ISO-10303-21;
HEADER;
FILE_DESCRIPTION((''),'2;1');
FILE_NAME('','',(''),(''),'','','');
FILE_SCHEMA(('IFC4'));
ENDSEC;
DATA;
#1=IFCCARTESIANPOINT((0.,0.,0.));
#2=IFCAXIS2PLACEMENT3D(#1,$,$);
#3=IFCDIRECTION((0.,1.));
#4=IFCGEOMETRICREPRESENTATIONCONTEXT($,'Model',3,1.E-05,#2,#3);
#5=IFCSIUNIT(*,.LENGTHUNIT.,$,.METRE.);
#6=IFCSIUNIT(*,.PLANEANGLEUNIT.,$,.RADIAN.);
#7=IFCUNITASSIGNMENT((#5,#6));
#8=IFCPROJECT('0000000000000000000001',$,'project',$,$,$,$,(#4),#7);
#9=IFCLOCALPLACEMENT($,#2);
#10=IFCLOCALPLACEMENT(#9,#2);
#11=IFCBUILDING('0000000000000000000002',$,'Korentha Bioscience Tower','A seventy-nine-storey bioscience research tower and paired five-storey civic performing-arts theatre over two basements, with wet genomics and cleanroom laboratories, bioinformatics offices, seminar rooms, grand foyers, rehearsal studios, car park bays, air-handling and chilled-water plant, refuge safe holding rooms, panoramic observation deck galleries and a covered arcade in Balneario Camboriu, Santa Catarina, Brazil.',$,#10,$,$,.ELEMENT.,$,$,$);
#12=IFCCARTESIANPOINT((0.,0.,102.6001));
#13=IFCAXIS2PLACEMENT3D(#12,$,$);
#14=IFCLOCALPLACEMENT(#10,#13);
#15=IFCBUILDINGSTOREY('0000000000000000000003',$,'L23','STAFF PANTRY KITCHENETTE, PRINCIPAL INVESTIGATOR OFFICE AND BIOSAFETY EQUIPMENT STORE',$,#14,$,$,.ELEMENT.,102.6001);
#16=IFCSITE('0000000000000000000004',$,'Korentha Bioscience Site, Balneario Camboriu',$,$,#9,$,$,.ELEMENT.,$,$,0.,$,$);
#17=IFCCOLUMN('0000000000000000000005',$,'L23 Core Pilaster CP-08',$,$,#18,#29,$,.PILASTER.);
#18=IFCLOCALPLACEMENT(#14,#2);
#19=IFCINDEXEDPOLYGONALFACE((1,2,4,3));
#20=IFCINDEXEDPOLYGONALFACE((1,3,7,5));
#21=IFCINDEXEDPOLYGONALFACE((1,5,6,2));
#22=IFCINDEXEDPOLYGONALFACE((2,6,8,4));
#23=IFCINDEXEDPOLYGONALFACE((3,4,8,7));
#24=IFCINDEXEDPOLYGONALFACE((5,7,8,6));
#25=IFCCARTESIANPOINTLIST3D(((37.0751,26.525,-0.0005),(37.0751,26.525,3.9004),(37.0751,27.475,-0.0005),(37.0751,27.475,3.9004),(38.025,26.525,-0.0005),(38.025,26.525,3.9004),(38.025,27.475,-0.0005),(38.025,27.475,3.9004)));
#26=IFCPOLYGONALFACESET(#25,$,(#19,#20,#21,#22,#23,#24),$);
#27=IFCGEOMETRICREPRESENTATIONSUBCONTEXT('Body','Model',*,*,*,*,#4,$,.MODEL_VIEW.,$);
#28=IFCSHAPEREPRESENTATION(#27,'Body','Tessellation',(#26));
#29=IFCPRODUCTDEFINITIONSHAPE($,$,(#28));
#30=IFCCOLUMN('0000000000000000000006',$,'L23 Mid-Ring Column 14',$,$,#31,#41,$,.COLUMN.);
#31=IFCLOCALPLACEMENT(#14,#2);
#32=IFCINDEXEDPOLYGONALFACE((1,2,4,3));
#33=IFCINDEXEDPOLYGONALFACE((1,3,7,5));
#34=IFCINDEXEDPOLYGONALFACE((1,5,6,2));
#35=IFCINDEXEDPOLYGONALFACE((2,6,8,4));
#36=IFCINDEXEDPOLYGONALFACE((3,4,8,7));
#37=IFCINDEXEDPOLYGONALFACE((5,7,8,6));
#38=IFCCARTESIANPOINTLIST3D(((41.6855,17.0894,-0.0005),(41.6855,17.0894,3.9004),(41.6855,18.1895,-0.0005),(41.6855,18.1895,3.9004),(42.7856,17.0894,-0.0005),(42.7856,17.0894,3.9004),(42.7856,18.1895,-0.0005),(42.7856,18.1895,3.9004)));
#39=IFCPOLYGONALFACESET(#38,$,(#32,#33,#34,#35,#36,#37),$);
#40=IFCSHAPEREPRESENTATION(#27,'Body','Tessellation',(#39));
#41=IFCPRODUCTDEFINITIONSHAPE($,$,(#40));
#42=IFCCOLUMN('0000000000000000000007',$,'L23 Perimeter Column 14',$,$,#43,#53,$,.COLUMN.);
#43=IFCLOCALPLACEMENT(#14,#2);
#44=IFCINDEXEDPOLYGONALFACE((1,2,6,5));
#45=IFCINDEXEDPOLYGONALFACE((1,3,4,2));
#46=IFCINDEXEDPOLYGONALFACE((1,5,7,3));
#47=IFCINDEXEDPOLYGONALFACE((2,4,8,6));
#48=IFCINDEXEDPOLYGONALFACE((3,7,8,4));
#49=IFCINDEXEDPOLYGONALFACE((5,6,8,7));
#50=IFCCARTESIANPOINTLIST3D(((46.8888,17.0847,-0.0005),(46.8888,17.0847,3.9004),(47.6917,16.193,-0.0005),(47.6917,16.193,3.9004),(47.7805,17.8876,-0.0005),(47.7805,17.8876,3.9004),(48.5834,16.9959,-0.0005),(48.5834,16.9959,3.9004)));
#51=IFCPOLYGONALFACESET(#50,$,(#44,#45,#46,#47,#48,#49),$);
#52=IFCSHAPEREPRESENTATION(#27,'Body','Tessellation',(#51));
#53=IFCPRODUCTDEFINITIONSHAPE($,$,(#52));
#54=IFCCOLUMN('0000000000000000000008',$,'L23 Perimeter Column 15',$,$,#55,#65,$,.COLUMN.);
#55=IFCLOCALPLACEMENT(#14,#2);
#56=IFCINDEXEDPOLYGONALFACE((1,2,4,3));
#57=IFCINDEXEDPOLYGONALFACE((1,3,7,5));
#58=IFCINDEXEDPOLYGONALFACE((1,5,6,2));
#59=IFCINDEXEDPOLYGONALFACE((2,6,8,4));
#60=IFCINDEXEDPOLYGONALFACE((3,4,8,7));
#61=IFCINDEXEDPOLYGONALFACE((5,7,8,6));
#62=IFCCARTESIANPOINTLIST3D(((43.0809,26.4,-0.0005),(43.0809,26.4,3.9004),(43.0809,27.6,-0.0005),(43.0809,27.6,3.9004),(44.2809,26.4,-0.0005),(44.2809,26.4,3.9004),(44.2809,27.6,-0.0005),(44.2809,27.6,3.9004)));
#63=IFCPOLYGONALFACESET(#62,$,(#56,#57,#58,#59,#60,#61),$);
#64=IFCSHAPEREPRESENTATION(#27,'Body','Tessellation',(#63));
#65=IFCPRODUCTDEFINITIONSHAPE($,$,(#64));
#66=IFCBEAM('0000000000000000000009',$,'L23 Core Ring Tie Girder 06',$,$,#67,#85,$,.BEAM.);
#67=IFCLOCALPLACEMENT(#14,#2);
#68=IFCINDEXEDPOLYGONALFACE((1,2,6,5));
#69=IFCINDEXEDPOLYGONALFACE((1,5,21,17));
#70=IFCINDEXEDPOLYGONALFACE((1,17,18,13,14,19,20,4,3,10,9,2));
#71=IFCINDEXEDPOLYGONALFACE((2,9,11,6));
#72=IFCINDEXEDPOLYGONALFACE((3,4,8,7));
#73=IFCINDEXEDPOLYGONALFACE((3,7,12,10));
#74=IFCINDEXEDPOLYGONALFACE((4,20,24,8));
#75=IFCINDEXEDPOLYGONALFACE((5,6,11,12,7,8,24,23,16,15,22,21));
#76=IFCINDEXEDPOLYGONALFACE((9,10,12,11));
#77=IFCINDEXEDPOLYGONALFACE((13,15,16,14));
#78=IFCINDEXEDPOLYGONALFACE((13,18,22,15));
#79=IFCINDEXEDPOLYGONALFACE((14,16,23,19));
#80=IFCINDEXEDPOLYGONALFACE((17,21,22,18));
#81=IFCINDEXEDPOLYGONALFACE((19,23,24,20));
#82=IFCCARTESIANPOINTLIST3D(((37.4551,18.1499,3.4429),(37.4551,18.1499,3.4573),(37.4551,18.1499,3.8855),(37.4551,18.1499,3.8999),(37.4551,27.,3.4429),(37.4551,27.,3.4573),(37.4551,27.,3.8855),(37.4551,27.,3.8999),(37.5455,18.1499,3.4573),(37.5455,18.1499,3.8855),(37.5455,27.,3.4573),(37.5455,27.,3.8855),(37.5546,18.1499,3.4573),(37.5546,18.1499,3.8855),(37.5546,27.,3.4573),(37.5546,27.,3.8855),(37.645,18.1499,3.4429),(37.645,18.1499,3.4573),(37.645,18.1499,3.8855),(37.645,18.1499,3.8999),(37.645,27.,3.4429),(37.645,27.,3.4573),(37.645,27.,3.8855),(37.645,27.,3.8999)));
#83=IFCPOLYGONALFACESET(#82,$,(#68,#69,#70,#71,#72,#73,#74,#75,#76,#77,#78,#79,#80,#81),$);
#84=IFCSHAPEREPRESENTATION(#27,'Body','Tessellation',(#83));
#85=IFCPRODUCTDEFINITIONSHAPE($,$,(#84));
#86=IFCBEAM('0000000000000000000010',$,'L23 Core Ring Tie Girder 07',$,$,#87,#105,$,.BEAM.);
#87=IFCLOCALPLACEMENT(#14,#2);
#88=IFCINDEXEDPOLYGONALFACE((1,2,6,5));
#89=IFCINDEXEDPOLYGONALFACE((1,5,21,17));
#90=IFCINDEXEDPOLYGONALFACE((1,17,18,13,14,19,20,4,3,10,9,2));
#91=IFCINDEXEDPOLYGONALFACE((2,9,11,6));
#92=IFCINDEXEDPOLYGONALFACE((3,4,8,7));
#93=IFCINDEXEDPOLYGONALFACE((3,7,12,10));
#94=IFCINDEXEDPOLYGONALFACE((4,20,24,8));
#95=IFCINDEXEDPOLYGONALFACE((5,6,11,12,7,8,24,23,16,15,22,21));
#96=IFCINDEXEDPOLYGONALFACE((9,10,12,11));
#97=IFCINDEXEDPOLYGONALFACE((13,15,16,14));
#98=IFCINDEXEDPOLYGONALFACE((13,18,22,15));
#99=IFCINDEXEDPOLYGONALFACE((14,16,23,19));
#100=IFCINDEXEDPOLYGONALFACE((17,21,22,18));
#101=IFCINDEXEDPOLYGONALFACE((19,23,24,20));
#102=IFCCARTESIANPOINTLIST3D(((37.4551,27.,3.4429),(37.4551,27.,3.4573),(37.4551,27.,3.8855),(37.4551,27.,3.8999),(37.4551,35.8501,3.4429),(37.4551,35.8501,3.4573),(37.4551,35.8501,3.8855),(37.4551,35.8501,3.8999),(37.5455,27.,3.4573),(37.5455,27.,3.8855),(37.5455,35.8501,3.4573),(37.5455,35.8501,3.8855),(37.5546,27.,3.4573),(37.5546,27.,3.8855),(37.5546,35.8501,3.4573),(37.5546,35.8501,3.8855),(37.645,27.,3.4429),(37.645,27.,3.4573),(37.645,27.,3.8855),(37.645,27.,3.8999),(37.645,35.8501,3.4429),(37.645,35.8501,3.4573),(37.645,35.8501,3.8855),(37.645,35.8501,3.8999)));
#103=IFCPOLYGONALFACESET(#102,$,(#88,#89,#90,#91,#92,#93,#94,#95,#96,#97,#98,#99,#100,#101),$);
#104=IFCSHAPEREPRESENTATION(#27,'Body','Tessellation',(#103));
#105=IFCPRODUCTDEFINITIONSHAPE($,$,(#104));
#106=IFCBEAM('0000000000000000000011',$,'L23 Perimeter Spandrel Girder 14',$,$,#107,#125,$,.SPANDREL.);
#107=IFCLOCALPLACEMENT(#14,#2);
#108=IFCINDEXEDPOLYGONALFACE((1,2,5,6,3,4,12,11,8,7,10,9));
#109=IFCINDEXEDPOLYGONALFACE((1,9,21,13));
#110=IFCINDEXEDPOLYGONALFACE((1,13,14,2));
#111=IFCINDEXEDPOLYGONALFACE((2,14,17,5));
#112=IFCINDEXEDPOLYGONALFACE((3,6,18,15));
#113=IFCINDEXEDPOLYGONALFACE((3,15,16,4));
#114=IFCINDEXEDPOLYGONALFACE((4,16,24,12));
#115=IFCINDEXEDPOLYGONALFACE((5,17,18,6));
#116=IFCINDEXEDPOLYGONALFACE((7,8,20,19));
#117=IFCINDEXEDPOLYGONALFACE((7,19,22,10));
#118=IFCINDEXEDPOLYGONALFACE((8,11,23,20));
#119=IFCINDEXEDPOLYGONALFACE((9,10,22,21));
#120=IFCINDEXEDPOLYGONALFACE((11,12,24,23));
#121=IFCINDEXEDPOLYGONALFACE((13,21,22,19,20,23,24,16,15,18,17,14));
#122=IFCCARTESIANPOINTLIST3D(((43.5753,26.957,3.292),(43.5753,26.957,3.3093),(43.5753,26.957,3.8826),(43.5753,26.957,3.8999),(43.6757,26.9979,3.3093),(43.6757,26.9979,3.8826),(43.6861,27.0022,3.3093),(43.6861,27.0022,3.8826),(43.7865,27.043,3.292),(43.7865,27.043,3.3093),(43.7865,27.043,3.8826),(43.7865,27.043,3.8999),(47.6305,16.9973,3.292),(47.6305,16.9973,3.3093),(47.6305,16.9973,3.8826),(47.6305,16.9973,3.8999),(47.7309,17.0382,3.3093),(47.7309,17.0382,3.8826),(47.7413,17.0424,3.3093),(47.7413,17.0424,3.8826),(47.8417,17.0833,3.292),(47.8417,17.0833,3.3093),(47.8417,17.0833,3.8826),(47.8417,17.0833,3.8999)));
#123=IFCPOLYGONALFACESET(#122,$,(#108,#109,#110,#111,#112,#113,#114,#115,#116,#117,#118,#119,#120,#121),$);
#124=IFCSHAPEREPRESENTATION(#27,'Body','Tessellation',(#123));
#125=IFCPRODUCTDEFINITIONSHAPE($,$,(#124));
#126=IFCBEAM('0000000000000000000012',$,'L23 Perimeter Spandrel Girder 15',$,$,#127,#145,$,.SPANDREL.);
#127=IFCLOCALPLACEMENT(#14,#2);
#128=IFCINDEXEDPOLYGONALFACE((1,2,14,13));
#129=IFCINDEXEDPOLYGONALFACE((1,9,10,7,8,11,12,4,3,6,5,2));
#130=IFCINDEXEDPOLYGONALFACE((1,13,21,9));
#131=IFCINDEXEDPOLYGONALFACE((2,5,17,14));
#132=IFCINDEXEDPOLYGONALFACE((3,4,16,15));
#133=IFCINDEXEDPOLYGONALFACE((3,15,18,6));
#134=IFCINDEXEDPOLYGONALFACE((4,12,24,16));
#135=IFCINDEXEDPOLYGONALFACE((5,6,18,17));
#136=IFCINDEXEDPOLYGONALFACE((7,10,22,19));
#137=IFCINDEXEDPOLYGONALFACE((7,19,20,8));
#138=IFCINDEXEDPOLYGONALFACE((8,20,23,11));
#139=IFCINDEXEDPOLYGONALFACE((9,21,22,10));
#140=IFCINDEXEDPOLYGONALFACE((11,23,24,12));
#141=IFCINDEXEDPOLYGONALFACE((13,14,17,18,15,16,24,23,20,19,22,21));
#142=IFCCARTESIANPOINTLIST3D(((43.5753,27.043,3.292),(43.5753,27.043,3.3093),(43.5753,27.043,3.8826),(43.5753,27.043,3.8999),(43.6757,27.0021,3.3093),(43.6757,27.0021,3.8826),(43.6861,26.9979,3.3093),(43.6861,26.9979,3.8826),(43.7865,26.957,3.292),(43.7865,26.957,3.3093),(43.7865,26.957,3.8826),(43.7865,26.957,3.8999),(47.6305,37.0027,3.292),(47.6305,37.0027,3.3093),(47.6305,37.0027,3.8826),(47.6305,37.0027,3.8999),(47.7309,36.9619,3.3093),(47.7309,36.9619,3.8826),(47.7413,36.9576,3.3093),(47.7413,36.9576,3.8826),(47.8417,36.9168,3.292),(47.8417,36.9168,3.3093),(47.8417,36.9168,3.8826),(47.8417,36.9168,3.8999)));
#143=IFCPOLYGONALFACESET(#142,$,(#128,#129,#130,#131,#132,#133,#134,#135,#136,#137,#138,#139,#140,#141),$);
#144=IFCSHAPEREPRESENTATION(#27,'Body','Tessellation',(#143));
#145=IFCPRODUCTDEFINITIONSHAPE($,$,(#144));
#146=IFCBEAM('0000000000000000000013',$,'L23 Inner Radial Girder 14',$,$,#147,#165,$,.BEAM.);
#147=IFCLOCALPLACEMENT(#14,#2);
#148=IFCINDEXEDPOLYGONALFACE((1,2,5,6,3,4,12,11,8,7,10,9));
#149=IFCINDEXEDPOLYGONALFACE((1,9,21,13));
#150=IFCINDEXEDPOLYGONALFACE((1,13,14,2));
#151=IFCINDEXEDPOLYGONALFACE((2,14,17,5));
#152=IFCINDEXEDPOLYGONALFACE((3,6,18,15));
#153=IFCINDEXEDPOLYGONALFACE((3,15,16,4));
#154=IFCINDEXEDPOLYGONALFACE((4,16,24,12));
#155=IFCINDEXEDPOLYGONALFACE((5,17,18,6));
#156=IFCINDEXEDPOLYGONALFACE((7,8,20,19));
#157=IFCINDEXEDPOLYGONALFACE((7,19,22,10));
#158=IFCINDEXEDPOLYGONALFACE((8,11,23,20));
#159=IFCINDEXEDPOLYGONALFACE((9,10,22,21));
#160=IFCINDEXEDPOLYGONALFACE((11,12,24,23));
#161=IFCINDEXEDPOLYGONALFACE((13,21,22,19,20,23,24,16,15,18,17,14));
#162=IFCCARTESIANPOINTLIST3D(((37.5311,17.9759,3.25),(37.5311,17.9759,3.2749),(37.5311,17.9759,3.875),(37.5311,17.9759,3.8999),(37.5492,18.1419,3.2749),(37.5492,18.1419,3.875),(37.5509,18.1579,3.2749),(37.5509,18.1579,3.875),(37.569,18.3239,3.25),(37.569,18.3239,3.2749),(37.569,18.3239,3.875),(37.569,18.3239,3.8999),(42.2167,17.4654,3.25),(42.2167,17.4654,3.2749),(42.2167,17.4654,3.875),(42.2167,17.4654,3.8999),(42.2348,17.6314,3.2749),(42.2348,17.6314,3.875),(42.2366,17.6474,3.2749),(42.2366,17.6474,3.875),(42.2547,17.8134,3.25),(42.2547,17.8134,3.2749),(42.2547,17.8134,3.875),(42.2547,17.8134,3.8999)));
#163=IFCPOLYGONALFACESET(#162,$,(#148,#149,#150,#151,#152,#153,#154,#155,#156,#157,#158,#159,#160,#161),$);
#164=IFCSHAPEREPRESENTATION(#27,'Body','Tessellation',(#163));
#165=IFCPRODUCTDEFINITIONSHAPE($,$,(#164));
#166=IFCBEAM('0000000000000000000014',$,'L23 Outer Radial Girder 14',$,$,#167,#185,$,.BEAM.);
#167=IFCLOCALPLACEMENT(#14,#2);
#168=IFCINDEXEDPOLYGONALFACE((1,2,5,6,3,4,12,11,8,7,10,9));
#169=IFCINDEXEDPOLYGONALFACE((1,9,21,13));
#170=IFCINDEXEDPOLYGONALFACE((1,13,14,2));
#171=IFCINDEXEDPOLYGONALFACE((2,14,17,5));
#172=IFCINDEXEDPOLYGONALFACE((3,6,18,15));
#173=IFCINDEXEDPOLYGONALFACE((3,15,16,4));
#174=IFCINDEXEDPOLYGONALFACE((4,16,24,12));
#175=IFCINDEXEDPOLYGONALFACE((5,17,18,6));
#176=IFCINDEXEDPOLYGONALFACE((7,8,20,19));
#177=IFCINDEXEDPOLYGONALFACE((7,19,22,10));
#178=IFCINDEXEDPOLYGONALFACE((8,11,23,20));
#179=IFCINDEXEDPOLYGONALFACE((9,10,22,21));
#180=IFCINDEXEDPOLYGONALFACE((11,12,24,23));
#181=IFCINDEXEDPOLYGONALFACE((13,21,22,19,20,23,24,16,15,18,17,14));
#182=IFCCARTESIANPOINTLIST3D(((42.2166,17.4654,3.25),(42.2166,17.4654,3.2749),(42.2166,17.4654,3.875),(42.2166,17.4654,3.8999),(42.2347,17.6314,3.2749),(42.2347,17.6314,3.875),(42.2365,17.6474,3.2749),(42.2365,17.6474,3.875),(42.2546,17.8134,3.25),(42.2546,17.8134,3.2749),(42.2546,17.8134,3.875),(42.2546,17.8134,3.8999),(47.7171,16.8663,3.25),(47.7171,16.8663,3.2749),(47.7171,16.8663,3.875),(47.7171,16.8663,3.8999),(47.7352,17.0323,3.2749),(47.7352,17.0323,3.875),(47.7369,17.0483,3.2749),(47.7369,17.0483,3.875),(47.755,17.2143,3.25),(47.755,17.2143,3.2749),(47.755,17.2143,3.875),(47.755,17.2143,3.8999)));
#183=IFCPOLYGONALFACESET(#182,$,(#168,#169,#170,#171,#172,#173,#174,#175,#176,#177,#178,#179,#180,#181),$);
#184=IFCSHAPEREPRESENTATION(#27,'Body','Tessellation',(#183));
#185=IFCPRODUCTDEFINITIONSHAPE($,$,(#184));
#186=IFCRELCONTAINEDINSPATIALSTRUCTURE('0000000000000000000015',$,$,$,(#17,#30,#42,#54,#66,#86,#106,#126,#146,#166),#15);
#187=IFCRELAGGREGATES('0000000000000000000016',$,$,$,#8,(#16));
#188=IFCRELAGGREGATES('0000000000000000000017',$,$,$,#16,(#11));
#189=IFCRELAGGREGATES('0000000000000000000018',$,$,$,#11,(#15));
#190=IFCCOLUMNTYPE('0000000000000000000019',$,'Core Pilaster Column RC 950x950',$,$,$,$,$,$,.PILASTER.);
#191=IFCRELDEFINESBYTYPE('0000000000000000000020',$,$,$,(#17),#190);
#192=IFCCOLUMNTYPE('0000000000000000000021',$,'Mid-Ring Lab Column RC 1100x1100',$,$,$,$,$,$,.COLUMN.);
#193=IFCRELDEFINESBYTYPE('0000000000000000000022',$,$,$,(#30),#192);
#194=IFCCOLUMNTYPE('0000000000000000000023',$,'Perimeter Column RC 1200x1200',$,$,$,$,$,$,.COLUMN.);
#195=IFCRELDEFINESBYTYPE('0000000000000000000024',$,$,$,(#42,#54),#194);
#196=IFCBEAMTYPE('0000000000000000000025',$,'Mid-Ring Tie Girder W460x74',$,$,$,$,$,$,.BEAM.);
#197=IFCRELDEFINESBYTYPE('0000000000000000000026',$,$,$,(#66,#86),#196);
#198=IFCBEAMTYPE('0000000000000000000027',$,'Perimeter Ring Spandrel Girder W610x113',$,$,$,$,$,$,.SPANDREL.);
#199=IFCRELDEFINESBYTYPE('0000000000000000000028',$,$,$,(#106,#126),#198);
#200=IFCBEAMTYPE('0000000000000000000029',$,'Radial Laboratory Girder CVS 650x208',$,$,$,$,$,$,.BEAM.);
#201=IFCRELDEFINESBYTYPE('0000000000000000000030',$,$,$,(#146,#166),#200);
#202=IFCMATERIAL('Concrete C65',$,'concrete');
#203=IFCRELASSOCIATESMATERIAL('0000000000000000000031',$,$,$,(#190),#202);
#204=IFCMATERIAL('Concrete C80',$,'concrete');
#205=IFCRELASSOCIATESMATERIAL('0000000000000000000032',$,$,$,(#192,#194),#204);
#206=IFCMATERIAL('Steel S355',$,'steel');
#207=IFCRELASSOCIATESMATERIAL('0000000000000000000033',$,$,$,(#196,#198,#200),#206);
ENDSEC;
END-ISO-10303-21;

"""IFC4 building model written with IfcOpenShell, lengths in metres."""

from ifc_helpers import new_model, si_unit, direction, frame, origin, origin_2d, place, context, subcontext, project, spatial, rectangle, i_section, extrude, material, material_profile, profile_set, type_object, element, save


model = new_model("IFC4")

# Units and contexts
model_context = context("Model", 3, precision=1e-05, world=origin(), true_north=direction((0.0, 1.0)))
body_context = subcontext(model_context, "Body", "Model", "MODEL_VIEW")
ifc_project = project(units=[si_unit("LENGTHUNIT", "METRE"), si_unit("PLANEANGLEUNIT", "RADIAN")], contexts=[model_context])

# Site, building, storey
site_placement = place(None, origin())
site = spatial("IfcSite", under=ifc_project, at=site_placement, Name="Korentha Bioscience Site, Balneario Camboriu", CompositionType="ELEMENT", RefElevation=0.0)
building_placement = place(site_placement, origin())
building = spatial("IfcBuilding", under=site, at=building_placement, Name="Korentha Bioscience Tower", Description="A seventy-nine-storey bioscience research tower and paired five-storey civic performing-arts theatre over two basements, with wet genomics and cleanroom laboratories, bioinformatics offices, seminar rooms, grand foyers, rehearsal studios, car park bays, air-handling and chilled-water plant, refuge safe holding rooms, panoramic observation deck galleries and a covered arcade in Balneario Camboriu, Santa Catarina, Brazil.", CompositionType="ELEMENT")
storey_placement = place(building_placement, frame((0.0, 0.0, 102.6001)))
storey = spatial("IfcBuildingStorey", under=building, at=storey_placement, Name="L23", Description="STAFF PANTRY KITCHENETTE, PRINCIPAL INVESTIGATOR OFFICE AND BIOSAFETY EQUIPMENT STORE", CompositionType="ELEMENT", Elevation=102.6001)

# Columns
ifc_material_1 = material(Name="Concrete C65", Category="concrete")
ifc_material_profile_1 = material_profile(ifc_material_1, rectangle(XDim=0.95, YDim=0.95, at=origin_2d()), Name="Concrete C65")
ifc_profile_set_1 = profile_set([ifc_material_profile_1], Name="Concrete C65 (COL-CP09)")
column_type_1 = type_object("IfcColumnType", Name="Core Pilaster Column RC 950x950", PredefinedType="PILASTER", material=ifc_profile_set_1)
column_1_placement = place(storey_placement, frame((37.55, 27.0, -0.0005), z_axis=(0.0, 0.0, 1.0), x_axis=(1.0, 0.0, 0.0)))
element("IfcColumn", 1, at=column_1_placement, inside=storey, type_object=column_type_1, Name="L23 Core Pilaster CP-08", PredefinedType="PILASTER", context=body_context, shape_type="SweptSolid", body=[
    extrude(rectangle(XDim=0.95, YDim=0.95, at=origin_2d()), origin(), (0.0, 0.0, 1.0), 3.9009),
])
ifc_material_2 = material(Name="Concrete C80", Category="concrete")
ifc_material_profile_2 = material_profile(ifc_material_2, rectangle(XDim=1.1001, YDim=1.1001, at=origin_2d()), Name="Concrete C80")
ifc_profile_set_2 = profile_set([ifc_material_profile_2], Name="Concrete C80 (COL-MR11)")
column_type_2 = type_object("IfcColumnType", Name="Mid-Ring Lab Column RC 1100x1100", PredefinedType="COLUMN", material=ifc_profile_set_2)
column_2_placement = place(storey_placement, frame((42.2356, 17.6394, -0.0005), z_axis=(0.0, 0.0, 1.0), x_axis=(1.0, 0.0, 0.0)))
element("IfcColumn", 2, at=column_2_placement, inside=storey, type_object=column_type_2, Name="L23 Mid-Ring Column 14", PredefinedType="COLUMN", context=body_context, shape_type="SweptSolid", body=[
    extrude(rectangle(XDim=1.1001, YDim=1.1001, at=origin_2d()), origin(), (0.0, 0.0, 1.0), 3.9009),
])
ifc_material_profile_3 = material_profile(ifc_material_2, rectangle(XDim=1.2, YDim=1.2, at=origin_2d()), Name="Concrete C80")
ifc_profile_set_3 = profile_set([ifc_material_profile_3], Name="Concrete C80 (COL-P12)")
column_type_3 = type_object("IfcColumnType", Name="Perimeter Column RC 1200x1200", PredefinedType="COLUMN", material=ifc_profile_set_3)
for number, where, z_axis, x_axis, name in (
    (3, (47.7361, 17.0403, -0.0005), (0.0, 0.0, 1.0), (-0.669131, 0.743145, 0.0), "L23 Perimeter Column 14"),
    (4, (43.6809, 27.0, -0.0005), (0.0, 0.0, 1.0), (0.0, 1.0, 0.0), "L23 Perimeter Column 15"),
):
    element("IfcColumn", number, at=place(storey_placement, frame(where, z_axis=z_axis, x_axis=x_axis)), inside=storey, type_object=column_type_3, Name=name, PredefinedType="COLUMN", context=body_context, shape_type="SweptSolid", body=[
        extrude(rectangle(XDim=1.2, YDim=1.2, at=origin_2d()), origin(), (0.0, 0.0, 1.0), 3.9009),
    ])

# Beams
ifc_material_3 = material(Name="Steel S355", Category="steel")
ifc_material_profile_4 = material_profile(ifc_material_3, i_section(OverallWidth=0.1899, OverallDepth=0.457, WebThickness=0.009, FlangeThickness=0.0144, at=origin_2d()), Name="Steel S355")
ifc_profile_set_4 = profile_set([ifc_material_profile_4], Name="Steel S355 (MB-460)")
beam_type_1 = type_object("IfcBeamType", Name="Mid-Ring Tie Girder W460x74", PredefinedType="BEAM", material=ifc_profile_set_4)
for number, where, z_axis, x_axis, name in (
    (5, (37.55, 18.1499, 3.6714), (0.0, 1.0, 0.0), (-1.0, 0.0, 0.0), "L23 Core Ring Tie Girder 06"),
    (6, (37.55, 27.0, 3.6714), (0.0, 1.0, 0.0), (-1.0, 0.0, 0.0), "L23 Core Ring Tie Girder 07"),
):
    element("IfcBeam", number, at=place(storey_placement, frame(where, z_axis=z_axis, x_axis=x_axis)), inside=storey, type_object=beam_type_1, Name=name, PredefinedType="BEAM", context=body_context, shape_type="SweptSolid", body=[
        extrude(i_section(OverallWidth=0.1899, OverallDepth=0.457, WebThickness=0.009, FlangeThickness=0.0144, at=origin_2d()), origin(), (0.0, 0.0, 1.0), 8.8501),
    ])
ifc_material_profile_5 = material_profile(ifc_material_3, i_section(OverallWidth=0.228, OverallDepth=0.6079, WebThickness=0.0112, FlangeThickness=0.0173, at=origin_2d()), Name="Steel S355")
ifc_profile_set_5 = profile_set([ifc_material_profile_5], Name="Steel S355 (SB-610)")
beam_type_2 = type_object("IfcBeamType", Name="Perimeter Ring Spandrel Girder W610x113", PredefinedType="SPANDREL", material=ifc_profile_set_5)
for number, where, z_axis, x_axis, name in (
    (7, (47.7361, 17.0403, 3.5959), (-0.377099, 0.926173, 0.0), (-0.926173, -0.377099, 0.0), "L23 Perimeter Spandrel Girder 14"),
    (8, (43.6809, 27.0, 3.5959), (0.377099, 0.926173, 0.0), (-0.926173, 0.377099, 0.0), "L23 Perimeter Spandrel Girder 15"),
):
    element("IfcBeam", number, at=place(storey_placement, frame(where, z_axis=z_axis, x_axis=x_axis)), inside=storey, type_object=beam_type_2, Name=name, PredefinedType="SPANDREL", context=body_context, shape_type="SweptSolid", body=[
        extrude(i_section(OverallWidth=0.228, OverallDepth=0.6079, WebThickness=0.0112, FlangeThickness=0.0173, at=origin_2d()), origin(), (0.0, 0.0, 1.0), 10.7537),
    ])
ifc_material_profile_6 = material_profile(ifc_material_3, i_section(OverallWidth=0.3501, OverallDepth=0.6499, WebThickness=0.0161, FlangeThickness=0.0249, at=origin_2d()), Name="Steel S355")
ifc_profile_set_6 = profile_set([ifc_material_profile_6], Name="Steel S355 (RB-650)")
beam_type_3 = type_object("IfcBeamType", Name="Radial Laboratory Girder CVS 650x208", PredefinedType="BEAM", material=ifc_profile_set_6)
beam_1_placement = place(storey_placement, frame((37.55, 18.1499, 3.575), z_axis=(0.994117, -0.108311, 0.0), x_axis=(0.108311, 0.994117, 0.0)))
element("IfcBeam", 9, at=beam_1_placement, inside=storey, type_object=beam_type_3, Name="L23 Inner Radial Girder 14", PredefinedType="BEAM", context=body_context, shape_type="SweptSolid", body=[
    extrude(i_section(OverallWidth=0.3501, OverallDepth=0.6499, WebThickness=0.0161, FlangeThickness=0.0249, at=origin_2d()), origin(), (0.0, 0.0, 1.0), 4.7134),
])
beam_2_placement = place(storey_placement, frame((42.2356, 17.6394, 3.575), z_axis=(0.99412, -0.108281, 0.0), x_axis=(0.108281, 0.99412, 0.0)))
element("IfcBeam", 10, at=beam_2_placement, inside=storey, type_object=beam_type_3, Name="L23 Outer Radial Girder 14", PredefinedType="BEAM", context=body_context, shape_type="SweptSolid", body=[
    extrude(i_section(OverallWidth=0.3501, OverallDepth=0.6499, WebThickness=0.0161, FlangeThickness=0.0249, at=origin_2d()), origin(), (0.0, 0.0, 1.0), 5.533),
])

save(model, "model.ifc")
